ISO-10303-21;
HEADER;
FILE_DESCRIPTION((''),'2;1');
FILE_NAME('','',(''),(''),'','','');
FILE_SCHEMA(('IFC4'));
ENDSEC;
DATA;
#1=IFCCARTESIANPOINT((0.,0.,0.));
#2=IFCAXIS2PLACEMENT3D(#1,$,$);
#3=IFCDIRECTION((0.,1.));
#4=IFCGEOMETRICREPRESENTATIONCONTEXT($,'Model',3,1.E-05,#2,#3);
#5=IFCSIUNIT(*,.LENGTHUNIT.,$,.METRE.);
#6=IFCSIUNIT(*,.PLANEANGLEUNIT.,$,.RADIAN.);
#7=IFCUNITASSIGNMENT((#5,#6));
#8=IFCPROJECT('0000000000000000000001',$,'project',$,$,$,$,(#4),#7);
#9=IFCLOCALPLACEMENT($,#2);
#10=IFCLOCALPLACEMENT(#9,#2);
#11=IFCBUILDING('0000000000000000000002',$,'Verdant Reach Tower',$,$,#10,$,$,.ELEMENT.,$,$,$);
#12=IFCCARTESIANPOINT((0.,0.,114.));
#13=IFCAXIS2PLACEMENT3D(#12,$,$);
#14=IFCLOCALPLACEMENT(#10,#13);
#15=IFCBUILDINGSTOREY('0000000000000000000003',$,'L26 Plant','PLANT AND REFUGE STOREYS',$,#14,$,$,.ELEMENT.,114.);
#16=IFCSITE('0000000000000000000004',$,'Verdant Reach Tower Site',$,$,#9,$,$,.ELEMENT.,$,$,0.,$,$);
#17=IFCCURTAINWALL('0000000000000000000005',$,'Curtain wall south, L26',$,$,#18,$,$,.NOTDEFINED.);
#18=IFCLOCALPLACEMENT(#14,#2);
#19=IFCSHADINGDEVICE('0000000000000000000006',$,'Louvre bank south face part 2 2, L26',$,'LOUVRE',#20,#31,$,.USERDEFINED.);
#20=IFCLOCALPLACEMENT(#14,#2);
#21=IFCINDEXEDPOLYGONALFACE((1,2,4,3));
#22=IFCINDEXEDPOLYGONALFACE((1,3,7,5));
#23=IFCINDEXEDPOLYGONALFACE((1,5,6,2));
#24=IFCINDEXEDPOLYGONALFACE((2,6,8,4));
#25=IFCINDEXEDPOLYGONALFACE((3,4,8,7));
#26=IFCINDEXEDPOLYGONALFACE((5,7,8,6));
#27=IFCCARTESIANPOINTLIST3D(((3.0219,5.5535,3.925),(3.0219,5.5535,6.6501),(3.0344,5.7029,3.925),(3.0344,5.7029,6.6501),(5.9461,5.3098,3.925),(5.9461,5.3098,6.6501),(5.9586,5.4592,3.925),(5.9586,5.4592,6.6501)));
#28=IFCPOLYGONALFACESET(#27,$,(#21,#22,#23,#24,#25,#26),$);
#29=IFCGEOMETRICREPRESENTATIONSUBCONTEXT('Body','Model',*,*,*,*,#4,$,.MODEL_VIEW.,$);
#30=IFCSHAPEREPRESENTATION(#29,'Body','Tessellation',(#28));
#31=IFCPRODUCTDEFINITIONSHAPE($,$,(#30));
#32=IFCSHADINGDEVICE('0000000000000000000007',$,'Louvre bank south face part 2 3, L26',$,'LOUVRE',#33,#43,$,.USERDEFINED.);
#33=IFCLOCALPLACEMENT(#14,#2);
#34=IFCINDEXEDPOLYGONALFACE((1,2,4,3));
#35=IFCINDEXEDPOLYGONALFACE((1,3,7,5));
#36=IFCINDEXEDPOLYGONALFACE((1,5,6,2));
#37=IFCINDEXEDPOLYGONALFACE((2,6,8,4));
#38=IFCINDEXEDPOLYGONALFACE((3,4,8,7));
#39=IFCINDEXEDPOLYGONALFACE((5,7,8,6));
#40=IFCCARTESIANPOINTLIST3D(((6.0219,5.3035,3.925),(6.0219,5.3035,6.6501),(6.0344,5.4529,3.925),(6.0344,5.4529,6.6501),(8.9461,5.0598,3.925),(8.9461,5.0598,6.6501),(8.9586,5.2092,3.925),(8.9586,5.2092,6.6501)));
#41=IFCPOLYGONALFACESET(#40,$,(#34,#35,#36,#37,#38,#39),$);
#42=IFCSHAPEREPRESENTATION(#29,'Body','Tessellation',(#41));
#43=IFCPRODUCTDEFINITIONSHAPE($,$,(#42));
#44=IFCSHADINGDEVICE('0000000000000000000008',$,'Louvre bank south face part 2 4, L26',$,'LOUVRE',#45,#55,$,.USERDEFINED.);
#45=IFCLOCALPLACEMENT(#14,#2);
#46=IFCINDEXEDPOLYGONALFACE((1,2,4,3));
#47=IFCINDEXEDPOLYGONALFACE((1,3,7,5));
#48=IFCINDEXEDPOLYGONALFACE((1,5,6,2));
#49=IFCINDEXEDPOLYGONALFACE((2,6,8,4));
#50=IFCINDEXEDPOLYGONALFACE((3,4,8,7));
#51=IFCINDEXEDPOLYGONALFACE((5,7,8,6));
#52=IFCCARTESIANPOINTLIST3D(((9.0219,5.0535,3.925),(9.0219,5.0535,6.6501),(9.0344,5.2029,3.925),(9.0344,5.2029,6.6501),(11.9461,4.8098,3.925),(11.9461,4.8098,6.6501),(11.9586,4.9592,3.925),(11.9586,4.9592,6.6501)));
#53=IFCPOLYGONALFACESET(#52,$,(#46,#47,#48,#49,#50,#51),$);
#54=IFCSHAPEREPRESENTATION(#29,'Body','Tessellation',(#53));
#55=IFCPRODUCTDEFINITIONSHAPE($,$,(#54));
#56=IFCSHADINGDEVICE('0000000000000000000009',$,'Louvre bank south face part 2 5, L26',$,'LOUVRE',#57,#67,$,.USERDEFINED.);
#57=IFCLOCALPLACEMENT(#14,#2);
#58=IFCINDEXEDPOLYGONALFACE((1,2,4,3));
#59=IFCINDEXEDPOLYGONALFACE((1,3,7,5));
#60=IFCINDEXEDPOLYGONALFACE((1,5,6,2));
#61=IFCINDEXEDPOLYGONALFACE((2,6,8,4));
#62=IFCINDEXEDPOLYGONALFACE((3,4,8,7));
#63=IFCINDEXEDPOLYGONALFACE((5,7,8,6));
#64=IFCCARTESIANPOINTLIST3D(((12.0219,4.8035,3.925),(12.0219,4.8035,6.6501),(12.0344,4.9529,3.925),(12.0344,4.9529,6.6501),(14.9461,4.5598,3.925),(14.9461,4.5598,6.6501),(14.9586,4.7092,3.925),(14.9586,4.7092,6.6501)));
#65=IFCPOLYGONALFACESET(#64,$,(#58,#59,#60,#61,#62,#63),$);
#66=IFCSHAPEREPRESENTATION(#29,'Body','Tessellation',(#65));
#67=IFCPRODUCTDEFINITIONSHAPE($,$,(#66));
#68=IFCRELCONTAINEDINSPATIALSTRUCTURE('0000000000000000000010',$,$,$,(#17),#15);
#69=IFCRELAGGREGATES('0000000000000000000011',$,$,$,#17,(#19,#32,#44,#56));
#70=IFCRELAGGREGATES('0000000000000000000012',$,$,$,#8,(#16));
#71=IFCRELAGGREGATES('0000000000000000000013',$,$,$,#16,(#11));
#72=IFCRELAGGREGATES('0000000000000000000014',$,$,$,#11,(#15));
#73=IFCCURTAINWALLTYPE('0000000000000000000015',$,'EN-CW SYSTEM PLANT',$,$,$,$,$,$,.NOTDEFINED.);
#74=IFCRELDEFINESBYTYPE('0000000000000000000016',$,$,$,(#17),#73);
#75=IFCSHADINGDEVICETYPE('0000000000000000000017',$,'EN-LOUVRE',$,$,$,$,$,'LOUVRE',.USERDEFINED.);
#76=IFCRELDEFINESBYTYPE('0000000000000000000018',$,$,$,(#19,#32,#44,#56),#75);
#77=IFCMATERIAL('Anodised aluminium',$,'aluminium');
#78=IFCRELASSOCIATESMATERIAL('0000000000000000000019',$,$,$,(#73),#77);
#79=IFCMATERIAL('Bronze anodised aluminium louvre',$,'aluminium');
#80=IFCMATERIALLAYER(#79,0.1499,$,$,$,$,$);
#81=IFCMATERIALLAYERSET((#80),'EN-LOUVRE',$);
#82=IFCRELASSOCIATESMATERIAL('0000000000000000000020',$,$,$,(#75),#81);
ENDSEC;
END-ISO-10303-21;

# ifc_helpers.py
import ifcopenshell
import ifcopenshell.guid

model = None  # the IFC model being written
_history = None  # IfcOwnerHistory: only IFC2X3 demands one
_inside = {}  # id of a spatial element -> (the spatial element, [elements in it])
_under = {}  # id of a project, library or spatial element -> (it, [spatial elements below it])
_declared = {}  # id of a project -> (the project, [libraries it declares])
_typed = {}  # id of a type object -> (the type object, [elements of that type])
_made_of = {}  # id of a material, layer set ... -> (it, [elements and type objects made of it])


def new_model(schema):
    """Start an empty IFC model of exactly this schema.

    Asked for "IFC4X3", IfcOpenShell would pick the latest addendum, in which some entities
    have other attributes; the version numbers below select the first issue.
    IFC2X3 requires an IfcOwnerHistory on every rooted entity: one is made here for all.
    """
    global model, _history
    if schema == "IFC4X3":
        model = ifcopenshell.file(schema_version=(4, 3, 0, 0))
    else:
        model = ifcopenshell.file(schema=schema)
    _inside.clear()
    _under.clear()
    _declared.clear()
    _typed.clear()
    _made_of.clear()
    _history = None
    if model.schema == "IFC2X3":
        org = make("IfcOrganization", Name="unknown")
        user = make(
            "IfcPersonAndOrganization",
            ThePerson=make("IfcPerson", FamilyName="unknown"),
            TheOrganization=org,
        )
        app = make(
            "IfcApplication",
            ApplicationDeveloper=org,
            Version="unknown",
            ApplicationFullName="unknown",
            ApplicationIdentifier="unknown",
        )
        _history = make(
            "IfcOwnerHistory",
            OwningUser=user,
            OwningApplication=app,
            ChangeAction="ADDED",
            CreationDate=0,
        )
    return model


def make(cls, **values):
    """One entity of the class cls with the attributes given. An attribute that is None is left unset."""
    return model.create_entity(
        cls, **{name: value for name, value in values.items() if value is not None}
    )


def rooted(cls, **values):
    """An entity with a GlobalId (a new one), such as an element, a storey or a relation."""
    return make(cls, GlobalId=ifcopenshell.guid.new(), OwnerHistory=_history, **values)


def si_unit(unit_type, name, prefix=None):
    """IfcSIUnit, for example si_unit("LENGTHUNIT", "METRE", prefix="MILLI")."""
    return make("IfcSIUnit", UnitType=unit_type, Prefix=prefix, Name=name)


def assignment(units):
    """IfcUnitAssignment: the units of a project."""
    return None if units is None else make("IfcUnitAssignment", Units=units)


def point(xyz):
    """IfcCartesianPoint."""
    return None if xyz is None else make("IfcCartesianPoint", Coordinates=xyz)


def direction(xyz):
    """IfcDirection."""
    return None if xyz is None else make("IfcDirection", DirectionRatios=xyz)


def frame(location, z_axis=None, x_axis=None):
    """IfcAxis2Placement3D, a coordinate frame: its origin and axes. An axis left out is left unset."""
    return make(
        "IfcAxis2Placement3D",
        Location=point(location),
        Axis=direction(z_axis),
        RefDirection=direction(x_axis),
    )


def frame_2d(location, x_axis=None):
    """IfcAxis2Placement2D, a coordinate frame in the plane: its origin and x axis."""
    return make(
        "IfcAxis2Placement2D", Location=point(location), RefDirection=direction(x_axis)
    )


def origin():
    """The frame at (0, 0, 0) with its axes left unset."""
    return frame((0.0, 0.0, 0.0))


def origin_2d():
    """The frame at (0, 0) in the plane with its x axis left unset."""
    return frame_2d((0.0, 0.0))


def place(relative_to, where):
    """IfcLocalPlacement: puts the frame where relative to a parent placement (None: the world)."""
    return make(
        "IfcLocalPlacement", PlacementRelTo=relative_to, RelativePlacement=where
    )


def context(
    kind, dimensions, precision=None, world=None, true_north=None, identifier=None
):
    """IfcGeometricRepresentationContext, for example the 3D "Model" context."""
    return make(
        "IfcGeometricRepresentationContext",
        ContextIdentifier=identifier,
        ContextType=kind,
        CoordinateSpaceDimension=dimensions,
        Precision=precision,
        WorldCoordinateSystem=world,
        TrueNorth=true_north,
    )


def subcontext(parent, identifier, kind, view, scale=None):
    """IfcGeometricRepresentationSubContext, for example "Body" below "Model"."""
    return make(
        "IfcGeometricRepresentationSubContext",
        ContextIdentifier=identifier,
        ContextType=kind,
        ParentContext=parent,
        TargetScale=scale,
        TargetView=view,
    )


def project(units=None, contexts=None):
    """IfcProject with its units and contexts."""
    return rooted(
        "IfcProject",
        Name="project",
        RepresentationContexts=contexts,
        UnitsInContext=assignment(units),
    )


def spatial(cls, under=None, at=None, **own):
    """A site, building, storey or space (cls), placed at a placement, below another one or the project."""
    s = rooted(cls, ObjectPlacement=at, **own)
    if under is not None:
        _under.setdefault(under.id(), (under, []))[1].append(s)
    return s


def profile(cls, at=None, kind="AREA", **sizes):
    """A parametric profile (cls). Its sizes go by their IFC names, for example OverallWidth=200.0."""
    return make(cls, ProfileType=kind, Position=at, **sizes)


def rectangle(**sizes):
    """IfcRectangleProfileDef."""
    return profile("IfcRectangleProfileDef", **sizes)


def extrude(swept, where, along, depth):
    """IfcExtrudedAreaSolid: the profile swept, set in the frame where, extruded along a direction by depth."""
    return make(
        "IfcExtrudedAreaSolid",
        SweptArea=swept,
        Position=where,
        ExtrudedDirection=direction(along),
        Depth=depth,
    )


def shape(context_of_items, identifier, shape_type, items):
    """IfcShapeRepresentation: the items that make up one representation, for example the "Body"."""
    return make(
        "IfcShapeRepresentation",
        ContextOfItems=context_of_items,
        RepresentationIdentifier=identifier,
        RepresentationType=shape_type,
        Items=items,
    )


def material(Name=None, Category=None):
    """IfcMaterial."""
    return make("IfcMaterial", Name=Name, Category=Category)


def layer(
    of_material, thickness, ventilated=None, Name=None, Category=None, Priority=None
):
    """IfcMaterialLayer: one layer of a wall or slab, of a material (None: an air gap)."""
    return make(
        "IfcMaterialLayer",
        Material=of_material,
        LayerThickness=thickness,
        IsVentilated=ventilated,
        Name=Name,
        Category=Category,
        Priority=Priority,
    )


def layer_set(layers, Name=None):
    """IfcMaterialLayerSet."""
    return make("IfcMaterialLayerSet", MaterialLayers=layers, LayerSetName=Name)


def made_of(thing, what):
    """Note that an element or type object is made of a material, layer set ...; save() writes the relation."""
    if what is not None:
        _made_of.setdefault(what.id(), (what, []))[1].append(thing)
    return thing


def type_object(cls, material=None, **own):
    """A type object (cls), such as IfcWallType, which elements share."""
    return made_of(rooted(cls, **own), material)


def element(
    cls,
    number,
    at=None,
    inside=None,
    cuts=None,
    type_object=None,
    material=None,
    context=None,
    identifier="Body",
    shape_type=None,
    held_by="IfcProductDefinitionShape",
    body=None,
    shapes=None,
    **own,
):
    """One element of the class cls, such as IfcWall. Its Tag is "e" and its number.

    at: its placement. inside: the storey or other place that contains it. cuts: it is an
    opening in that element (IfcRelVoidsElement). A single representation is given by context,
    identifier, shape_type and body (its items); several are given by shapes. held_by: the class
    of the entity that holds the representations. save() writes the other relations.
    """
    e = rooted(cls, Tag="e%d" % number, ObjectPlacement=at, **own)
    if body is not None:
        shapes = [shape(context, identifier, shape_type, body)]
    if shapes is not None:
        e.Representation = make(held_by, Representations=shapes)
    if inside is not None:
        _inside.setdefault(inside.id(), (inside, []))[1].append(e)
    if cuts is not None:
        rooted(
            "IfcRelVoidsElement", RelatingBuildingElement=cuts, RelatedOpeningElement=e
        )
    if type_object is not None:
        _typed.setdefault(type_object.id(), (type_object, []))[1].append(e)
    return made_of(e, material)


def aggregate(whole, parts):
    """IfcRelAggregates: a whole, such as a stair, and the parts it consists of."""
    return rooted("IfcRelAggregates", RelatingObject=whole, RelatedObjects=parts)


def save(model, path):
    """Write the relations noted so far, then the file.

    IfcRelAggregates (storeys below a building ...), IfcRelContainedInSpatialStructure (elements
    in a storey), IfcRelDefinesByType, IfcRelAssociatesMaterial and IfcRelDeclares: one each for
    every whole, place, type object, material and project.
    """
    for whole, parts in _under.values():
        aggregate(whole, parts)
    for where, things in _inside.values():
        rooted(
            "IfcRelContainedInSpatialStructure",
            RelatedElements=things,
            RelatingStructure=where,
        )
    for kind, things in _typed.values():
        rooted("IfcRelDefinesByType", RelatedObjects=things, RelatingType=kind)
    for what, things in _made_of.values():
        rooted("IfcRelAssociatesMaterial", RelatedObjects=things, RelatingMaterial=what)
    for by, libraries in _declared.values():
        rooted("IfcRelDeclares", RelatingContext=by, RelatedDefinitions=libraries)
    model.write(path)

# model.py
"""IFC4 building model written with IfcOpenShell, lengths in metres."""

from ifc_helpers import new_model, si_unit, direction, frame, origin, origin_2d, place, context, subcontext, project, spatial, rectangle, extrude, material, layer, layer_set, type_object, element, aggregate, save


model = new_model("IFC4")

# Units and contexts
model_context = context("Model", 3, precision=1e-05, world=origin(), true_north=direction((0.0, 1.0)))
body_context = subcontext(model_context, "Body", "Model", "MODEL_VIEW")
ifc_project = project(units=[si_unit("LENGTHUNIT", "METRE"), si_unit("PLANEANGLEUNIT", "RADIAN")], contexts=[model_context])

# Site, building, storey
site_placement = place(None, origin())
site = spatial("IfcSite", under=ifc_project, at=site_placement, Name="Verdant Reach Tower Site", CompositionType="ELEMENT", RefElevation=0.0)
building_placement = place(site_placement, origin())
building = spatial("IfcBuilding", under=site, at=building_placement, Name="Verdant Reach Tower", CompositionType="ELEMENT")
storey_placement = place(building_placement, frame((0.0, 0.0, 114.0)))
storey = spatial("IfcBuildingStorey", under=building, at=storey_placement, Name="L26 Plant", Description="PLANT AND REFUGE STOREYS", CompositionType="ELEMENT", Elevation=114.0)

# Curtain wall
ifc_material_1 = material(Name="Anodised aluminium", Category="aluminium")
curtain_wall_type = type_object("IfcCurtainWallType", Name="EN-CW SYSTEM PLANT", PredefinedType="NOTDEFINED", material=ifc_material_1)
curtain_wall_placement = place(storey_placement, origin())
curtain_wall = element("IfcCurtainWall", 1, at=curtain_wall_placement, inside=storey, type_object=curtain_wall_type, Name="Curtain wall south, L26", PredefinedType="NOTDEFINED")

# Shading devices
ifc_material_2 = material(Name="Bronze anodised aluminium louvre", Category="aluminium")
ifc_layer_1 = layer(ifc_material_2, 0.1499)
ifc_layer_set_1 = layer_set([ifc_layer_1], Name="EN-LOUVRE")
shading_device_type = type_object("IfcShadingDeviceType", Name="EN-LOUVRE", ElementType="LOUVRE", PredefinedType="USERDEFINED", material=ifc_layer_set_1)
shading_device_1_placement = place(storey_placement, frame((4.4902, 5.5063, 3.925), z_axis=(0.0, 0.0, 1.0), x_axis=(0.996546, -0.083045, 0.0)))
shading_device_1 = element("IfcShadingDevice", 2, at=shading_device_1_placement, type_object=shading_device_type, Name="Louvre bank south face part 2 2, L26", ObjectType="LOUVRE", PredefinedType="USERDEFINED", context=body_context, shape_type="SweptSolid", body=[
    extrude(rectangle(XDim=2.9343, YDim=0.1499, at=origin_2d()), origin(), (0.0, 0.0, 1.0), 2.7251),
])
shading_device_2_placement = place(storey_placement, frame((7.4902, 5.2563, 3.925), z_axis=(0.0, 0.0, 1.0), x_axis=(0.996546, -0.083045, 0.0)))
shading_device_2 = element("IfcShadingDevice", 3, at=shading_device_2_placement, type_object=shading_device_type, Name="Louvre bank south face part 2 3, L26", ObjectType="LOUVRE", PredefinedType="USERDEFINED", context=body_context, shape_type="SweptSolid", body=[
    extrude(rectangle(XDim=2.9343, YDim=0.1499, at=origin_2d()), origin(), (0.0, 0.0, 1.0), 2.7251),
])
shading_device_3_placement = place(storey_placement, frame((10.4902, 5.0063, 3.925), z_axis=(0.0, 0.0, 1.0), x_axis=(0.996546, -0.083045, 0.0)))
shading_device_3 = element("IfcShadingDevice", 4, at=shading_device_3_placement, type_object=shading_device_type, Name="Louvre bank south face part 2 4, L26", ObjectType="LOUVRE", PredefinedType="USERDEFINED", context=body_context, shape_type="SweptSolid", body=[
    extrude(rectangle(XDim=2.9343, YDim=0.1499, at=origin_2d()), origin(), (0.0, 0.0, 1.0), 2.7251),
])
shading_device_4_placement = place(storey_placement, frame((13.4902, 4.7563, 3.925), z_axis=(0.0, 0.0, 1.0), x_axis=(0.996546, -0.083045, 0.0)))
shading_device_4 = element("IfcShadingDevice", 5, at=shading_device_4_placement, type_object=shading_device_type, Name="Louvre bank south face part 2 5, L26", ObjectType="LOUVRE", PredefinedType="USERDEFINED", context=body_context, shape_type="SweptSolid", body=[
    extrude(rectangle(XDim=2.9343, YDim=0.1499, at=origin_2d()), origin(), (0.0, 0.0, 1.0), 2.7251),
])
aggregate(curtain_wall, [shading_device_1, shading_device_2, shading_device_3, shading_device_4])

save(model, "model.ifc")
